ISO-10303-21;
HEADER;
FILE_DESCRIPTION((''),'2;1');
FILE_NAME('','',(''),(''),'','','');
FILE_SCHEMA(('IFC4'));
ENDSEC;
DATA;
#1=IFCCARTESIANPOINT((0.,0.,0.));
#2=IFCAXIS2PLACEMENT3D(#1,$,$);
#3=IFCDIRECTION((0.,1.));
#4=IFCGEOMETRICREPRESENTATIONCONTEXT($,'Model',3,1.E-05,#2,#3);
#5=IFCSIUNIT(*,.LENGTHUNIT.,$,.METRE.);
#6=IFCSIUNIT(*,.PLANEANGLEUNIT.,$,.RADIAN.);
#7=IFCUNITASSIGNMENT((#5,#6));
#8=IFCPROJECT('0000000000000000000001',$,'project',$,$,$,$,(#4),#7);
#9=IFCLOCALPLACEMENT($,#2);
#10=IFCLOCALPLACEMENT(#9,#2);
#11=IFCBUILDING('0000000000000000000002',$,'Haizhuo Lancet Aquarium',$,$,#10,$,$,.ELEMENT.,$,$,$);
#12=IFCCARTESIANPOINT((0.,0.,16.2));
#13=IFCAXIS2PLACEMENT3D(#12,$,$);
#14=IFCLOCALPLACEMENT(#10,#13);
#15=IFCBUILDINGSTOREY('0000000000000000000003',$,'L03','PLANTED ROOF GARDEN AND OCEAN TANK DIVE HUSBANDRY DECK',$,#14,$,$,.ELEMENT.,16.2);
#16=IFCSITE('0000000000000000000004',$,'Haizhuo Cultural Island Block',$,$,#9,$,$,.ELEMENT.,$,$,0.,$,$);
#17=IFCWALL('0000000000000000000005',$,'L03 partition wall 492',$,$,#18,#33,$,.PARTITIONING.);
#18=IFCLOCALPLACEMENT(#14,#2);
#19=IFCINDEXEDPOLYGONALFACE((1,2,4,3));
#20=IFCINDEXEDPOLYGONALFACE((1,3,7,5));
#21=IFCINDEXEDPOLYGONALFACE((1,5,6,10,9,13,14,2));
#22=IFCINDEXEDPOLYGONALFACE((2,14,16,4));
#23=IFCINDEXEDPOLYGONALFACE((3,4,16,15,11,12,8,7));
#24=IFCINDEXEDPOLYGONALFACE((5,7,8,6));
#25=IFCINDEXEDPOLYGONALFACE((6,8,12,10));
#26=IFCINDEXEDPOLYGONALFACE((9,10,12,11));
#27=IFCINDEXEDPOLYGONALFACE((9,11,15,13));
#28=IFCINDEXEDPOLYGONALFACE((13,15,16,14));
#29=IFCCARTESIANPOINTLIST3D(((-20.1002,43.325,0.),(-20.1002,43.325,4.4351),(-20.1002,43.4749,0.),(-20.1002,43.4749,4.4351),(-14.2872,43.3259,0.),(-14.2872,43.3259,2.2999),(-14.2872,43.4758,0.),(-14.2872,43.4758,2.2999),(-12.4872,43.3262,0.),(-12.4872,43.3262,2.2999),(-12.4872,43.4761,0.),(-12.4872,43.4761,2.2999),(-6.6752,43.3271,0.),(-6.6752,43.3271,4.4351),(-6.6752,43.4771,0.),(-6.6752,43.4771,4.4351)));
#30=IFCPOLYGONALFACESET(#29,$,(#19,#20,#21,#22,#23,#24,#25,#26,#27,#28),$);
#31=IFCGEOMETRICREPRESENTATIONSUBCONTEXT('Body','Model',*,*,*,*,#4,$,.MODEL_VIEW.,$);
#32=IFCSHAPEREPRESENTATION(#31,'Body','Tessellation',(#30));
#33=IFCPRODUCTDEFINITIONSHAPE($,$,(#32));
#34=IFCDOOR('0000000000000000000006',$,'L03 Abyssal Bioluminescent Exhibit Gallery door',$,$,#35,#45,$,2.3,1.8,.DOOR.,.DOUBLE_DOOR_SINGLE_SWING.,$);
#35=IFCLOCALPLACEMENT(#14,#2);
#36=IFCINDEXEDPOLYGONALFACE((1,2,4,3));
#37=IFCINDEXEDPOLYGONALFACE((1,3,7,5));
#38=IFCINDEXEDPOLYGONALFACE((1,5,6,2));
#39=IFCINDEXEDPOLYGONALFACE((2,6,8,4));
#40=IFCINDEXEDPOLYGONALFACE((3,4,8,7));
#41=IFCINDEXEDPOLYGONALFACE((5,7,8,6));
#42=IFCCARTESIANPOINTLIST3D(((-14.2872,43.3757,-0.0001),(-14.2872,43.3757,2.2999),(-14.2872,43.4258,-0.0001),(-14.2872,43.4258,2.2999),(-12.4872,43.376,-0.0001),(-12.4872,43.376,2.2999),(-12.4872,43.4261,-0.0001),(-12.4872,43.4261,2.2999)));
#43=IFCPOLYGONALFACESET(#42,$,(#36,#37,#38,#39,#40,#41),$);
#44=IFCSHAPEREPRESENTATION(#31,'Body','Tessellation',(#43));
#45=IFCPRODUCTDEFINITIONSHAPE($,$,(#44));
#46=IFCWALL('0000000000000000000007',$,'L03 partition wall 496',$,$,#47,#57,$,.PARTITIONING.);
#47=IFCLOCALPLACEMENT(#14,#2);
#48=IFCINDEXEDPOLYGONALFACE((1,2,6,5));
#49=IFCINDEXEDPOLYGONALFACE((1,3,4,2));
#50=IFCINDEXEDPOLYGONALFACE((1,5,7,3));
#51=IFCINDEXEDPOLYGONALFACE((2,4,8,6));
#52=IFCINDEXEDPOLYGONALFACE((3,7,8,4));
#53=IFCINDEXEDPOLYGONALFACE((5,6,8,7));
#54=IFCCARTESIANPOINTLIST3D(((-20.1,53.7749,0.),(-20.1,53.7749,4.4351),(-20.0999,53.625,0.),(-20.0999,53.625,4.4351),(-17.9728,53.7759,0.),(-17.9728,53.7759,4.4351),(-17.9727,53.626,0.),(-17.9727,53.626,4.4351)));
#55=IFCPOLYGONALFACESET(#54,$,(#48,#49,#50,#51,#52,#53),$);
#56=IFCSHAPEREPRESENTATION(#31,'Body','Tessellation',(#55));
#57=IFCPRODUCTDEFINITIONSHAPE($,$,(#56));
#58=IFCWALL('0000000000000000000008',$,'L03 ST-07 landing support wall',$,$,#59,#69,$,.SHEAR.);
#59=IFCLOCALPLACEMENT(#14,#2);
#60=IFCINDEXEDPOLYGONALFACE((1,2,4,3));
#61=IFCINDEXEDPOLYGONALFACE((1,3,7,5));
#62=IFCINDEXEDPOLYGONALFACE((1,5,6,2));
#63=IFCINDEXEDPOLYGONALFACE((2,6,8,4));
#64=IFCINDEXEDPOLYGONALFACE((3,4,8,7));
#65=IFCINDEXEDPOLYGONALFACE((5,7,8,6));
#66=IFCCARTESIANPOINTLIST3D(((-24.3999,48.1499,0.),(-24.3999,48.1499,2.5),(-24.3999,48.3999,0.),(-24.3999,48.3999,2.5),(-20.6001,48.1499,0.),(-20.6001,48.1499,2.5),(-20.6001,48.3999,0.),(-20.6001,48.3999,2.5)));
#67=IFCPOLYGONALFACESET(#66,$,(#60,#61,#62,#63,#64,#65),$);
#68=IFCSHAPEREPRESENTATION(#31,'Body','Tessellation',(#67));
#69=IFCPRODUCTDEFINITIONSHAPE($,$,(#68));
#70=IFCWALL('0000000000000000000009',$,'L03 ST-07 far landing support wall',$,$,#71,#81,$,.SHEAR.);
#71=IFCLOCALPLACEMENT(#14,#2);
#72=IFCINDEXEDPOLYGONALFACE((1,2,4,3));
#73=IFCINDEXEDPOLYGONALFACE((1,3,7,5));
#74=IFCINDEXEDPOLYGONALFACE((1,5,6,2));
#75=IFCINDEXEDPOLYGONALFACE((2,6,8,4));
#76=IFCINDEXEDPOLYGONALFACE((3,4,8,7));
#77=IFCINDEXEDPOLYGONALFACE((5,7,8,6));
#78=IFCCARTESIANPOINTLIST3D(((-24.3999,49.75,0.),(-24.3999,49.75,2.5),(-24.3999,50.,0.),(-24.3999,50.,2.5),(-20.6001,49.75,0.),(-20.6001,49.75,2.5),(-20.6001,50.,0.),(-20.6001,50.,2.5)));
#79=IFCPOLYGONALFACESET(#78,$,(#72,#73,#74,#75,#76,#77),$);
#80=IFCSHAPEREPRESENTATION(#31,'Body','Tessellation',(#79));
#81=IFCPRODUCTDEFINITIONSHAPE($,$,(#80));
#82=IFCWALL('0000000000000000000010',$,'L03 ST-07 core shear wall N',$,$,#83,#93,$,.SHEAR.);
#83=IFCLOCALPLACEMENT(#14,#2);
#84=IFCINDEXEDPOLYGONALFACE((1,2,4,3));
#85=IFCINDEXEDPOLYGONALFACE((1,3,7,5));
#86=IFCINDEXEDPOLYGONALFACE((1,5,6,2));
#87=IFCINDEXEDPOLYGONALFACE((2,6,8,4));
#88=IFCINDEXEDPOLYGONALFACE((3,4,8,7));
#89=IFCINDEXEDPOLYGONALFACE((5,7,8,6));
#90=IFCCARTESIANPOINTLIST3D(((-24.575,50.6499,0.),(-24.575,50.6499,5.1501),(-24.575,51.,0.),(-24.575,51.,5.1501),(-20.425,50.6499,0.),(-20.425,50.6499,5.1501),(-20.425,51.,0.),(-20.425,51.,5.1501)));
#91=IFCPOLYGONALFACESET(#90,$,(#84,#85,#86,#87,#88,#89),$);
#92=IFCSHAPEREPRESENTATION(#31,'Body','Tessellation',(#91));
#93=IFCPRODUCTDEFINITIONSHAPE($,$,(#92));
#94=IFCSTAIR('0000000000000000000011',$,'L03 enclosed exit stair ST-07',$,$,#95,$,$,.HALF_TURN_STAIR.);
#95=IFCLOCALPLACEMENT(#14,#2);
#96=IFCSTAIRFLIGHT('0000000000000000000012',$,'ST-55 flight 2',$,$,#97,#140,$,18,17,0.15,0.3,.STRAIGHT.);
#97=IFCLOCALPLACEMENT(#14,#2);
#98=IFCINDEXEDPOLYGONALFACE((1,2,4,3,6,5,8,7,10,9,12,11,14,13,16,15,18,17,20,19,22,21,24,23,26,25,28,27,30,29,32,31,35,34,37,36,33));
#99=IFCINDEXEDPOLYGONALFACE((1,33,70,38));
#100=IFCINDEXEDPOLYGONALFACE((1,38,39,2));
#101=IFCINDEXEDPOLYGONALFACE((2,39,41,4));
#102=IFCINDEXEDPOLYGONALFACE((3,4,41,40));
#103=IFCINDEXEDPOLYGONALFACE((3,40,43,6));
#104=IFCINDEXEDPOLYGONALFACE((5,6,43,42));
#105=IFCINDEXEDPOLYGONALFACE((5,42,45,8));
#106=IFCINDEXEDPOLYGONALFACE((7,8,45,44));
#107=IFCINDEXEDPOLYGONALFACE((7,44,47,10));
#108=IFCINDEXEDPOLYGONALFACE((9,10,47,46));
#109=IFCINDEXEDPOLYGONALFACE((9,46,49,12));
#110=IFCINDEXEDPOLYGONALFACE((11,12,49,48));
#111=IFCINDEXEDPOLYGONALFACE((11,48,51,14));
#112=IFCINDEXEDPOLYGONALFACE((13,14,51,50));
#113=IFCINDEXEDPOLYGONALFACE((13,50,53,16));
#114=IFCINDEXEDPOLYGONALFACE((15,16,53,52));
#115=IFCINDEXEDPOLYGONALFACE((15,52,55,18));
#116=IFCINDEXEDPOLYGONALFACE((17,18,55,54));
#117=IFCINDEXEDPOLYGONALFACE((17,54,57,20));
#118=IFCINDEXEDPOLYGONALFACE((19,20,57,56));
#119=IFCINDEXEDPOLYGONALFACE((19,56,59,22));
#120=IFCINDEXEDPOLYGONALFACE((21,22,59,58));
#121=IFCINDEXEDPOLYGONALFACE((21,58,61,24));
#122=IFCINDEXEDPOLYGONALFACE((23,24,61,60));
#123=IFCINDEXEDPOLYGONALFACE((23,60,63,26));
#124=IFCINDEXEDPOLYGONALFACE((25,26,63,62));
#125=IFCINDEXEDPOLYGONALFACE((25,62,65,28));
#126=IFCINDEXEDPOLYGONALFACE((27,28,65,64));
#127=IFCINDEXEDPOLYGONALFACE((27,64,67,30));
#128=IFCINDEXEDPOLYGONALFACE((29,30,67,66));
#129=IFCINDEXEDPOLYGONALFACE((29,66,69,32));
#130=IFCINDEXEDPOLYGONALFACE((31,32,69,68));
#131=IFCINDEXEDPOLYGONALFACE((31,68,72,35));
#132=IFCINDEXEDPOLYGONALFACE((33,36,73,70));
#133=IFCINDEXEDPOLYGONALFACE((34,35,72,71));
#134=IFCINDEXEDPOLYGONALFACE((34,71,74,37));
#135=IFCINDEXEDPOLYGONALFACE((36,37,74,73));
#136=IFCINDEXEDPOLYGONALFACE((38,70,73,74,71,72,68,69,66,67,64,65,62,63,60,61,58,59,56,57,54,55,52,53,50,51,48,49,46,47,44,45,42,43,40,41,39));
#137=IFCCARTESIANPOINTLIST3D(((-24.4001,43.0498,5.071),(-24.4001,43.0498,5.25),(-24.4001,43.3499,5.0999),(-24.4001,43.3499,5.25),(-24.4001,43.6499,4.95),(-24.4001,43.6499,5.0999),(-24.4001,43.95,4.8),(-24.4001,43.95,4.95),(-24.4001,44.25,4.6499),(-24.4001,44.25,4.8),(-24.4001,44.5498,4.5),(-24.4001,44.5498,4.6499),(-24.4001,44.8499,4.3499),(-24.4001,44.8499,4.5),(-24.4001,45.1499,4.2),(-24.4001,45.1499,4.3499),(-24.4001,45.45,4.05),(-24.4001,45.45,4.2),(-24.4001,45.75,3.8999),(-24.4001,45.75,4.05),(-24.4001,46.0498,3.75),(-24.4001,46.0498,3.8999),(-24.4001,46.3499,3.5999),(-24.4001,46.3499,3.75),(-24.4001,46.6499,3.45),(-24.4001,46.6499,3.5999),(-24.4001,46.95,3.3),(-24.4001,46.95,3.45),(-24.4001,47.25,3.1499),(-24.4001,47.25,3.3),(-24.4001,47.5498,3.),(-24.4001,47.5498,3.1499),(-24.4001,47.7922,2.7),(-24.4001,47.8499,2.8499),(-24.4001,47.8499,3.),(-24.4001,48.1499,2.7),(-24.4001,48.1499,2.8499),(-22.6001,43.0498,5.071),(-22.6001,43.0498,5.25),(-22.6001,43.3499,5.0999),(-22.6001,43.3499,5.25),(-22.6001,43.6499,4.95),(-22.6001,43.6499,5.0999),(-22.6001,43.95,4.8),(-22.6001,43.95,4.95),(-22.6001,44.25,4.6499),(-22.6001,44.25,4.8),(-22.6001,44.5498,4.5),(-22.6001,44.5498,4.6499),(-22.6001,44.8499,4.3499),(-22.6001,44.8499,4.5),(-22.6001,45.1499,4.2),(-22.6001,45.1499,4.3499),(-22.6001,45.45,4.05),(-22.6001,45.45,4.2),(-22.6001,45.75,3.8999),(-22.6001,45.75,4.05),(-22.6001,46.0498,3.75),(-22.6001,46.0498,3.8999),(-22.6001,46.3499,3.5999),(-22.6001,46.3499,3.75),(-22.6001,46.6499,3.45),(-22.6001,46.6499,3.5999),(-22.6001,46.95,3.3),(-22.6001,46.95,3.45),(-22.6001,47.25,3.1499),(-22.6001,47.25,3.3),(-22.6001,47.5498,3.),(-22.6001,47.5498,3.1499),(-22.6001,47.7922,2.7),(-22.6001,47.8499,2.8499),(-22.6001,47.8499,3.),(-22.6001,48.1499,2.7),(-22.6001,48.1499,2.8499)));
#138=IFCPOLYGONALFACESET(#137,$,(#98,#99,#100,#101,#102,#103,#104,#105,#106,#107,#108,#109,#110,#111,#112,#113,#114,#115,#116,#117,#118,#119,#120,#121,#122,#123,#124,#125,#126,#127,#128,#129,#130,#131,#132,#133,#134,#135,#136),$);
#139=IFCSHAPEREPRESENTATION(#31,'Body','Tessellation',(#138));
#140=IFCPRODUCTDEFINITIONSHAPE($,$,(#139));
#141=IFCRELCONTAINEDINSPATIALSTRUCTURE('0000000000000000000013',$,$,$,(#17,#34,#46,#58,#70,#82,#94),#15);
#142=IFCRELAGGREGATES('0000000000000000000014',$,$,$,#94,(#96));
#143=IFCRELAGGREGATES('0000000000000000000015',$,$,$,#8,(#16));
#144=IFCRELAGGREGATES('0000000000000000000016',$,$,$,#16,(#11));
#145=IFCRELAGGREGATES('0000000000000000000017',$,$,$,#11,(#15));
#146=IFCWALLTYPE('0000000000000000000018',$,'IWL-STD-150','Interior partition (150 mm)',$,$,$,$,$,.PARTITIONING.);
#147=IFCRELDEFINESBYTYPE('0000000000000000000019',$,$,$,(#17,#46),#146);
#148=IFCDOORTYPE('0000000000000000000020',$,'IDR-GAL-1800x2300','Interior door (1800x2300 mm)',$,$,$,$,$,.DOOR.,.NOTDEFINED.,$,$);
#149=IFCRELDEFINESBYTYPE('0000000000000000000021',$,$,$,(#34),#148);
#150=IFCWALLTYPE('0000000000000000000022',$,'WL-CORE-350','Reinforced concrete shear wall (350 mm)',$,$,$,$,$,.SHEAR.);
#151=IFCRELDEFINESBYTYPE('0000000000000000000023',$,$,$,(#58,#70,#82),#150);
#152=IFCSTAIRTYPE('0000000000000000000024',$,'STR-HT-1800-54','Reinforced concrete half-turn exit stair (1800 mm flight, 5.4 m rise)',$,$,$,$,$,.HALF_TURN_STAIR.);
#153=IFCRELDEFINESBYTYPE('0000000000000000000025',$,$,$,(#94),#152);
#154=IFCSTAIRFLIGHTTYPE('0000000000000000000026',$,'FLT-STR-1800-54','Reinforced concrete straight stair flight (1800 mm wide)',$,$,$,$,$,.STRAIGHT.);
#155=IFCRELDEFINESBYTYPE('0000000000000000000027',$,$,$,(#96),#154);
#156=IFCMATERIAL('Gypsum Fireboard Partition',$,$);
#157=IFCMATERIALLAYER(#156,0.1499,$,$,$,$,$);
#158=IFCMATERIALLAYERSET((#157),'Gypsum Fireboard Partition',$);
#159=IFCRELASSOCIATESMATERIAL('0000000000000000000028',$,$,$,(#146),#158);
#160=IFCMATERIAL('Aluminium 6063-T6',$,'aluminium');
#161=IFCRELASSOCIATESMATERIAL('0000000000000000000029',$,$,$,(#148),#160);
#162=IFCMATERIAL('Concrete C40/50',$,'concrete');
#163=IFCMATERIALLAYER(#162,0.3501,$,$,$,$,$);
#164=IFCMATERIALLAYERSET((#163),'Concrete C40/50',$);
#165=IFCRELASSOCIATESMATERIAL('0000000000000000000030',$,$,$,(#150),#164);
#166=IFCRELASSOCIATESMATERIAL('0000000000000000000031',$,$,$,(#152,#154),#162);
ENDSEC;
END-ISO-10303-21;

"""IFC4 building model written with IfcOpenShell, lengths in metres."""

from ifc_helpers import new_model, si_unit, direction, frame, frame_2d, origin, place, context, subcontext, project, spatial, polyline, rectangle, outline, extrude, material, layer, layer_set, type_object, element, fill, aggregate, save


model = new_model("IFC4")

# Units and contexts
model_context = context("Model", 3, precision=1e-05, world=origin(), true_north=direction((0.0, 1.0)))
body_context = subcontext(model_context, "Body", "Model", "MODEL_VIEW")
ifc_project = project(units=[si_unit("LENGTHUNIT", "METRE"), si_unit("PLANEANGLEUNIT", "RADIAN")], contexts=[model_context])

# Site, building, storey
site_placement = place(None, origin())
site = spatial("IfcSite", under=ifc_project, at=site_placement, Name="Haizhuo Cultural Island Block", CompositionType="ELEMENT", RefElevation=0.0)
building_placement = place(site_placement, origin())
building = spatial("IfcBuilding", under=site, at=building_placement, Name="Haizhuo Lancet Aquarium", CompositionType="ELEMENT")
storey_placement = place(building_placement, frame((0.0, 0.0, 16.2)))
storey = spatial("IfcBuildingStorey", under=building, at=storey_placement, Name="L03", Description="PLANTED ROOF GARDEN AND OCEAN TANK DIVE HUSBANDRY DECK", CompositionType="ELEMENT", Elevation=16.2)

# Shared definitions
ifc_material_1 = material(Name="Concrete C40/50", Category="concrete")

# Shared definitions
ifc_material_2 = material(Name="Aluminium 6063-T6", Category="aluminium")

# Shared definitions
ifc_material_3 = material(Name="Gypsum Fireboard Partition")
ifc_layer_1 = layer(ifc_material_3, 0.1499)
ifc_layer_set_1 = layer_set([ifc_layer_1], Name="Gypsum Fireboard Partition")
wall_type_1 = type_object("IfcWallType", Name="IWL-STD-150", Description="Interior partition (150 mm)", PredefinedType="PARTITIONING", material=ifc_layer_set_1)

# Wall, opening, door
wall_1_placement = place(storey_placement, frame((-20.1001, 43.3999, 0.0), z_axis=(0.0, 0.0, 1.0), x_axis=(1.0, 0.000164, 0.0)))
wall_1 = element("IfcWall", 1, at=wall_1_placement, inside=storey, type_object=wall_type_1, Name="L03 partition wall 492", PredefinedType="PARTITIONING", context=body_context, shape_type="SweptSolid", body=[
    extrude(rectangle(XDim=13.425, YDim=0.1499, at=frame_2d((6.7124, 0.0))), origin(), (0.0, 0.0, 1.0), 4.4351),
])
opening_placement = place(wall_1_placement, frame((5.813, 0.0, 0.0)))
opening = element("IfcOpeningElement", 2, at=opening_placement, cuts=wall_1, PredefinedType="OPENING", context=body_context, shape_type="SweptSolid", body=[
    extrude(rectangle(XDim=1.8, YDim=2.3, at=frame_2d((0.8999, 1.1499))), frame((0.0, 0.085, 0.0), z_axis=(0.0, -1.0, 0.0), x_axis=(1.0, 0.0, 0.0)), (0.0, 0.0, 1.0), 0.1699),
])
door_type = type_object("IfcDoorType", Name="IDR-GAL-1800x2300", Description="Interior door (1800x2300 mm)", OperationType="NOTDEFINED", PredefinedType="DOOR", material=ifc_material_2)
door_placement = place(opening_placement, origin())
door = element("IfcDoor", 3, at=door_placement, inside=storey, type_object=door_type, Name="L03 Abyssal Bioluminescent Exhibit Gallery door", OperationType="DOUBLE_DOOR_SINGLE_SWING", OverallHeight=2.3, OverallWidth=1.8, PredefinedType="DOOR", context=body_context, shape_type="SweptSolid", body=[
    extrude(rectangle(XDim=1.8, YDim=2.3, at=frame_2d((0.8999, 1.1499))), frame((0.0, 0.0249, 0.0), z_axis=(0.0, -1.0, 0.0), x_axis=(1.0, 0.0, 0.0)), (0.0, 0.0, 1.0), 0.05),
])
fill(opening, door)

# Walls
wall_2_placement = place(storey_placement, frame((-17.9729, 53.7009, 0.0), z_axis=(0.0, 0.0, 1.0), x_axis=(-1.0, -0.000459, 0.0)))
element("IfcWall", 4, at=wall_2_placement, inside=storey, type_object=wall_type_1, Name="L03 partition wall 496", PredefinedType="PARTITIONING", context=body_context, shape_type="SweptSolid", body=[
    extrude(rectangle(XDim=2.1272, YDim=0.1499, at=frame_2d((1.0635, 0.0))), origin(), (0.0, 0.0, 1.0), 4.4351),
])
ifc_layer_2 = layer(ifc_material_1, 0.3501)
ifc_layer_set_2 = layer_set([ifc_layer_2], Name="Concrete C40/50")
wall_type_2 = type_object("IfcWallType", Name="WL-CORE-350", Description="Reinforced concrete shear wall (350 mm)", PredefinedType="SHEAR", material=ifc_layer_set_2)
for number, where, z_axis, x_axis, name in (
    (5, (-24.3999, 48.2749, 0.0), (0.0, 0.0, 1.0), (1.0, 0.0, 0.0), "L03 ST-07 landing support wall"),
    (6, (-24.3999, 49.875, 0.0), (0.0, 0.0, 1.0), (1.0, 0.0, 0.0), "L03 ST-07 far landing support wall"),
):
    element("IfcWall", number, at=place(storey_placement, frame(where, z_axis=z_axis, x_axis=x_axis)), inside=storey, type_object=wall_type_2, Name=name, PredefinedType="SHEAR", context=body_context, shape_type="SweptSolid", body=[
        extrude(rectangle(XDim=3.7998, YDim=0.25, at=frame_2d((1.8999, 0.0))), origin(), (0.0, 0.0, 1.0), 2.5),
    ])
wall_3_placement = place(storey_placement, frame((-24.575, 50.825, 0.0), z_axis=(0.0, 0.0, 1.0), x_axis=(1.0, 0.0, 0.0)))
element("IfcWall", 7, at=wall_3_placement, inside=storey, type_object=wall_type_2, Name="L03 ST-07 core shear wall N", PredefinedType="SHEAR", context=body_context, shape_type="SweptSolid", body=[
    extrude(rectangle(XDim=4.1499, YDim=0.3501, at=frame_2d((2.075, 0.0))), origin(), (0.0, 0.0, 1.0), 5.1501),
])

# Stair, stair flight
stair_type = type_object("IfcStairType", Name="STR-HT-1800-54", Description="Reinforced concrete half-turn exit stair (1800 mm flight, 5.4 m rise)", PredefinedType="HALF_TURN_STAIR", material=ifc_material_1)
stair_placement = place(storey_placement, origin())
stair = element("IfcStair", 8, at=stair_placement, inside=storey, type_object=stair_type, Name="L03 enclosed exit stair ST-07", PredefinedType="HALF_TURN_STAIR")
stair_flight_type = type_object("IfcStairFlightType", Name="FLT-STR-1800-54", Description="Reinforced concrete straight stair flight (1800 mm wide)", PredefinedType="STRAIGHT", material=ifc_material_1)
stair_flight_placement = place(storey_placement, frame((-23.5, 48.1499, 2.7), z_axis=(0.0, 0.0, 1.0), x_axis=(0.0, -1.0, 0.0)))
stair_flight = element("IfcStairFlight", 9, at=stair_flight_placement, type_object=stair_flight_type, Name="ST-55 flight 2", NumberOfRisers=18, NumberOfTreads=17, PredefinedType="STRAIGHT", RiserHeight=0.15, TreadLength=0.3, context=body_context, shape_type="SweptSolid", body=[
    extrude(outline(polyline([(0.0, 0.0), (0.0, 0.1499), (0.3, 0.1499), (0.3, 0.3), (0.6001, 0.3), (0.6001, 0.45), (0.8999, 0.45), (0.8999, 0.6001), (1.2, 0.6001), (1.2, 0.75), (1.5, 0.75), (1.5, 0.8999), (1.8, 0.8999), (1.8, 1.05), (2.1001, 1.05), (2.1001, 1.2), (2.3999, 1.2), (2.3999, 1.3501), (2.7, 1.3501), (2.7, 1.5), (3.0, 1.5), (3.0, 1.6499), (3.3, 1.6499), (3.3, 1.8), (3.6001, 1.8), (3.6001, 1.95), (3.8999, 1.95), (3.8999, 2.1001), (4.2, 2.1001), (4.2, 2.25), (4.5, 2.25), (4.5, 2.3999), (4.8, 2.3999), (4.8, 2.55), (5.1001, 2.55), (5.1001, 2.7), (5.1001, 2.3711), (0.3577, 0.0), (0.0, 0.0)])), frame((0.0, 0.8999, 0.0), z_axis=(0.0, -1.0, 0.0), x_axis=(1.0, 0.0, 0.0)), (0.0, 0.0, 1.0), 1.8),
])
aggregate(stair, [stair_flight])

save(model, "model.ifc")
